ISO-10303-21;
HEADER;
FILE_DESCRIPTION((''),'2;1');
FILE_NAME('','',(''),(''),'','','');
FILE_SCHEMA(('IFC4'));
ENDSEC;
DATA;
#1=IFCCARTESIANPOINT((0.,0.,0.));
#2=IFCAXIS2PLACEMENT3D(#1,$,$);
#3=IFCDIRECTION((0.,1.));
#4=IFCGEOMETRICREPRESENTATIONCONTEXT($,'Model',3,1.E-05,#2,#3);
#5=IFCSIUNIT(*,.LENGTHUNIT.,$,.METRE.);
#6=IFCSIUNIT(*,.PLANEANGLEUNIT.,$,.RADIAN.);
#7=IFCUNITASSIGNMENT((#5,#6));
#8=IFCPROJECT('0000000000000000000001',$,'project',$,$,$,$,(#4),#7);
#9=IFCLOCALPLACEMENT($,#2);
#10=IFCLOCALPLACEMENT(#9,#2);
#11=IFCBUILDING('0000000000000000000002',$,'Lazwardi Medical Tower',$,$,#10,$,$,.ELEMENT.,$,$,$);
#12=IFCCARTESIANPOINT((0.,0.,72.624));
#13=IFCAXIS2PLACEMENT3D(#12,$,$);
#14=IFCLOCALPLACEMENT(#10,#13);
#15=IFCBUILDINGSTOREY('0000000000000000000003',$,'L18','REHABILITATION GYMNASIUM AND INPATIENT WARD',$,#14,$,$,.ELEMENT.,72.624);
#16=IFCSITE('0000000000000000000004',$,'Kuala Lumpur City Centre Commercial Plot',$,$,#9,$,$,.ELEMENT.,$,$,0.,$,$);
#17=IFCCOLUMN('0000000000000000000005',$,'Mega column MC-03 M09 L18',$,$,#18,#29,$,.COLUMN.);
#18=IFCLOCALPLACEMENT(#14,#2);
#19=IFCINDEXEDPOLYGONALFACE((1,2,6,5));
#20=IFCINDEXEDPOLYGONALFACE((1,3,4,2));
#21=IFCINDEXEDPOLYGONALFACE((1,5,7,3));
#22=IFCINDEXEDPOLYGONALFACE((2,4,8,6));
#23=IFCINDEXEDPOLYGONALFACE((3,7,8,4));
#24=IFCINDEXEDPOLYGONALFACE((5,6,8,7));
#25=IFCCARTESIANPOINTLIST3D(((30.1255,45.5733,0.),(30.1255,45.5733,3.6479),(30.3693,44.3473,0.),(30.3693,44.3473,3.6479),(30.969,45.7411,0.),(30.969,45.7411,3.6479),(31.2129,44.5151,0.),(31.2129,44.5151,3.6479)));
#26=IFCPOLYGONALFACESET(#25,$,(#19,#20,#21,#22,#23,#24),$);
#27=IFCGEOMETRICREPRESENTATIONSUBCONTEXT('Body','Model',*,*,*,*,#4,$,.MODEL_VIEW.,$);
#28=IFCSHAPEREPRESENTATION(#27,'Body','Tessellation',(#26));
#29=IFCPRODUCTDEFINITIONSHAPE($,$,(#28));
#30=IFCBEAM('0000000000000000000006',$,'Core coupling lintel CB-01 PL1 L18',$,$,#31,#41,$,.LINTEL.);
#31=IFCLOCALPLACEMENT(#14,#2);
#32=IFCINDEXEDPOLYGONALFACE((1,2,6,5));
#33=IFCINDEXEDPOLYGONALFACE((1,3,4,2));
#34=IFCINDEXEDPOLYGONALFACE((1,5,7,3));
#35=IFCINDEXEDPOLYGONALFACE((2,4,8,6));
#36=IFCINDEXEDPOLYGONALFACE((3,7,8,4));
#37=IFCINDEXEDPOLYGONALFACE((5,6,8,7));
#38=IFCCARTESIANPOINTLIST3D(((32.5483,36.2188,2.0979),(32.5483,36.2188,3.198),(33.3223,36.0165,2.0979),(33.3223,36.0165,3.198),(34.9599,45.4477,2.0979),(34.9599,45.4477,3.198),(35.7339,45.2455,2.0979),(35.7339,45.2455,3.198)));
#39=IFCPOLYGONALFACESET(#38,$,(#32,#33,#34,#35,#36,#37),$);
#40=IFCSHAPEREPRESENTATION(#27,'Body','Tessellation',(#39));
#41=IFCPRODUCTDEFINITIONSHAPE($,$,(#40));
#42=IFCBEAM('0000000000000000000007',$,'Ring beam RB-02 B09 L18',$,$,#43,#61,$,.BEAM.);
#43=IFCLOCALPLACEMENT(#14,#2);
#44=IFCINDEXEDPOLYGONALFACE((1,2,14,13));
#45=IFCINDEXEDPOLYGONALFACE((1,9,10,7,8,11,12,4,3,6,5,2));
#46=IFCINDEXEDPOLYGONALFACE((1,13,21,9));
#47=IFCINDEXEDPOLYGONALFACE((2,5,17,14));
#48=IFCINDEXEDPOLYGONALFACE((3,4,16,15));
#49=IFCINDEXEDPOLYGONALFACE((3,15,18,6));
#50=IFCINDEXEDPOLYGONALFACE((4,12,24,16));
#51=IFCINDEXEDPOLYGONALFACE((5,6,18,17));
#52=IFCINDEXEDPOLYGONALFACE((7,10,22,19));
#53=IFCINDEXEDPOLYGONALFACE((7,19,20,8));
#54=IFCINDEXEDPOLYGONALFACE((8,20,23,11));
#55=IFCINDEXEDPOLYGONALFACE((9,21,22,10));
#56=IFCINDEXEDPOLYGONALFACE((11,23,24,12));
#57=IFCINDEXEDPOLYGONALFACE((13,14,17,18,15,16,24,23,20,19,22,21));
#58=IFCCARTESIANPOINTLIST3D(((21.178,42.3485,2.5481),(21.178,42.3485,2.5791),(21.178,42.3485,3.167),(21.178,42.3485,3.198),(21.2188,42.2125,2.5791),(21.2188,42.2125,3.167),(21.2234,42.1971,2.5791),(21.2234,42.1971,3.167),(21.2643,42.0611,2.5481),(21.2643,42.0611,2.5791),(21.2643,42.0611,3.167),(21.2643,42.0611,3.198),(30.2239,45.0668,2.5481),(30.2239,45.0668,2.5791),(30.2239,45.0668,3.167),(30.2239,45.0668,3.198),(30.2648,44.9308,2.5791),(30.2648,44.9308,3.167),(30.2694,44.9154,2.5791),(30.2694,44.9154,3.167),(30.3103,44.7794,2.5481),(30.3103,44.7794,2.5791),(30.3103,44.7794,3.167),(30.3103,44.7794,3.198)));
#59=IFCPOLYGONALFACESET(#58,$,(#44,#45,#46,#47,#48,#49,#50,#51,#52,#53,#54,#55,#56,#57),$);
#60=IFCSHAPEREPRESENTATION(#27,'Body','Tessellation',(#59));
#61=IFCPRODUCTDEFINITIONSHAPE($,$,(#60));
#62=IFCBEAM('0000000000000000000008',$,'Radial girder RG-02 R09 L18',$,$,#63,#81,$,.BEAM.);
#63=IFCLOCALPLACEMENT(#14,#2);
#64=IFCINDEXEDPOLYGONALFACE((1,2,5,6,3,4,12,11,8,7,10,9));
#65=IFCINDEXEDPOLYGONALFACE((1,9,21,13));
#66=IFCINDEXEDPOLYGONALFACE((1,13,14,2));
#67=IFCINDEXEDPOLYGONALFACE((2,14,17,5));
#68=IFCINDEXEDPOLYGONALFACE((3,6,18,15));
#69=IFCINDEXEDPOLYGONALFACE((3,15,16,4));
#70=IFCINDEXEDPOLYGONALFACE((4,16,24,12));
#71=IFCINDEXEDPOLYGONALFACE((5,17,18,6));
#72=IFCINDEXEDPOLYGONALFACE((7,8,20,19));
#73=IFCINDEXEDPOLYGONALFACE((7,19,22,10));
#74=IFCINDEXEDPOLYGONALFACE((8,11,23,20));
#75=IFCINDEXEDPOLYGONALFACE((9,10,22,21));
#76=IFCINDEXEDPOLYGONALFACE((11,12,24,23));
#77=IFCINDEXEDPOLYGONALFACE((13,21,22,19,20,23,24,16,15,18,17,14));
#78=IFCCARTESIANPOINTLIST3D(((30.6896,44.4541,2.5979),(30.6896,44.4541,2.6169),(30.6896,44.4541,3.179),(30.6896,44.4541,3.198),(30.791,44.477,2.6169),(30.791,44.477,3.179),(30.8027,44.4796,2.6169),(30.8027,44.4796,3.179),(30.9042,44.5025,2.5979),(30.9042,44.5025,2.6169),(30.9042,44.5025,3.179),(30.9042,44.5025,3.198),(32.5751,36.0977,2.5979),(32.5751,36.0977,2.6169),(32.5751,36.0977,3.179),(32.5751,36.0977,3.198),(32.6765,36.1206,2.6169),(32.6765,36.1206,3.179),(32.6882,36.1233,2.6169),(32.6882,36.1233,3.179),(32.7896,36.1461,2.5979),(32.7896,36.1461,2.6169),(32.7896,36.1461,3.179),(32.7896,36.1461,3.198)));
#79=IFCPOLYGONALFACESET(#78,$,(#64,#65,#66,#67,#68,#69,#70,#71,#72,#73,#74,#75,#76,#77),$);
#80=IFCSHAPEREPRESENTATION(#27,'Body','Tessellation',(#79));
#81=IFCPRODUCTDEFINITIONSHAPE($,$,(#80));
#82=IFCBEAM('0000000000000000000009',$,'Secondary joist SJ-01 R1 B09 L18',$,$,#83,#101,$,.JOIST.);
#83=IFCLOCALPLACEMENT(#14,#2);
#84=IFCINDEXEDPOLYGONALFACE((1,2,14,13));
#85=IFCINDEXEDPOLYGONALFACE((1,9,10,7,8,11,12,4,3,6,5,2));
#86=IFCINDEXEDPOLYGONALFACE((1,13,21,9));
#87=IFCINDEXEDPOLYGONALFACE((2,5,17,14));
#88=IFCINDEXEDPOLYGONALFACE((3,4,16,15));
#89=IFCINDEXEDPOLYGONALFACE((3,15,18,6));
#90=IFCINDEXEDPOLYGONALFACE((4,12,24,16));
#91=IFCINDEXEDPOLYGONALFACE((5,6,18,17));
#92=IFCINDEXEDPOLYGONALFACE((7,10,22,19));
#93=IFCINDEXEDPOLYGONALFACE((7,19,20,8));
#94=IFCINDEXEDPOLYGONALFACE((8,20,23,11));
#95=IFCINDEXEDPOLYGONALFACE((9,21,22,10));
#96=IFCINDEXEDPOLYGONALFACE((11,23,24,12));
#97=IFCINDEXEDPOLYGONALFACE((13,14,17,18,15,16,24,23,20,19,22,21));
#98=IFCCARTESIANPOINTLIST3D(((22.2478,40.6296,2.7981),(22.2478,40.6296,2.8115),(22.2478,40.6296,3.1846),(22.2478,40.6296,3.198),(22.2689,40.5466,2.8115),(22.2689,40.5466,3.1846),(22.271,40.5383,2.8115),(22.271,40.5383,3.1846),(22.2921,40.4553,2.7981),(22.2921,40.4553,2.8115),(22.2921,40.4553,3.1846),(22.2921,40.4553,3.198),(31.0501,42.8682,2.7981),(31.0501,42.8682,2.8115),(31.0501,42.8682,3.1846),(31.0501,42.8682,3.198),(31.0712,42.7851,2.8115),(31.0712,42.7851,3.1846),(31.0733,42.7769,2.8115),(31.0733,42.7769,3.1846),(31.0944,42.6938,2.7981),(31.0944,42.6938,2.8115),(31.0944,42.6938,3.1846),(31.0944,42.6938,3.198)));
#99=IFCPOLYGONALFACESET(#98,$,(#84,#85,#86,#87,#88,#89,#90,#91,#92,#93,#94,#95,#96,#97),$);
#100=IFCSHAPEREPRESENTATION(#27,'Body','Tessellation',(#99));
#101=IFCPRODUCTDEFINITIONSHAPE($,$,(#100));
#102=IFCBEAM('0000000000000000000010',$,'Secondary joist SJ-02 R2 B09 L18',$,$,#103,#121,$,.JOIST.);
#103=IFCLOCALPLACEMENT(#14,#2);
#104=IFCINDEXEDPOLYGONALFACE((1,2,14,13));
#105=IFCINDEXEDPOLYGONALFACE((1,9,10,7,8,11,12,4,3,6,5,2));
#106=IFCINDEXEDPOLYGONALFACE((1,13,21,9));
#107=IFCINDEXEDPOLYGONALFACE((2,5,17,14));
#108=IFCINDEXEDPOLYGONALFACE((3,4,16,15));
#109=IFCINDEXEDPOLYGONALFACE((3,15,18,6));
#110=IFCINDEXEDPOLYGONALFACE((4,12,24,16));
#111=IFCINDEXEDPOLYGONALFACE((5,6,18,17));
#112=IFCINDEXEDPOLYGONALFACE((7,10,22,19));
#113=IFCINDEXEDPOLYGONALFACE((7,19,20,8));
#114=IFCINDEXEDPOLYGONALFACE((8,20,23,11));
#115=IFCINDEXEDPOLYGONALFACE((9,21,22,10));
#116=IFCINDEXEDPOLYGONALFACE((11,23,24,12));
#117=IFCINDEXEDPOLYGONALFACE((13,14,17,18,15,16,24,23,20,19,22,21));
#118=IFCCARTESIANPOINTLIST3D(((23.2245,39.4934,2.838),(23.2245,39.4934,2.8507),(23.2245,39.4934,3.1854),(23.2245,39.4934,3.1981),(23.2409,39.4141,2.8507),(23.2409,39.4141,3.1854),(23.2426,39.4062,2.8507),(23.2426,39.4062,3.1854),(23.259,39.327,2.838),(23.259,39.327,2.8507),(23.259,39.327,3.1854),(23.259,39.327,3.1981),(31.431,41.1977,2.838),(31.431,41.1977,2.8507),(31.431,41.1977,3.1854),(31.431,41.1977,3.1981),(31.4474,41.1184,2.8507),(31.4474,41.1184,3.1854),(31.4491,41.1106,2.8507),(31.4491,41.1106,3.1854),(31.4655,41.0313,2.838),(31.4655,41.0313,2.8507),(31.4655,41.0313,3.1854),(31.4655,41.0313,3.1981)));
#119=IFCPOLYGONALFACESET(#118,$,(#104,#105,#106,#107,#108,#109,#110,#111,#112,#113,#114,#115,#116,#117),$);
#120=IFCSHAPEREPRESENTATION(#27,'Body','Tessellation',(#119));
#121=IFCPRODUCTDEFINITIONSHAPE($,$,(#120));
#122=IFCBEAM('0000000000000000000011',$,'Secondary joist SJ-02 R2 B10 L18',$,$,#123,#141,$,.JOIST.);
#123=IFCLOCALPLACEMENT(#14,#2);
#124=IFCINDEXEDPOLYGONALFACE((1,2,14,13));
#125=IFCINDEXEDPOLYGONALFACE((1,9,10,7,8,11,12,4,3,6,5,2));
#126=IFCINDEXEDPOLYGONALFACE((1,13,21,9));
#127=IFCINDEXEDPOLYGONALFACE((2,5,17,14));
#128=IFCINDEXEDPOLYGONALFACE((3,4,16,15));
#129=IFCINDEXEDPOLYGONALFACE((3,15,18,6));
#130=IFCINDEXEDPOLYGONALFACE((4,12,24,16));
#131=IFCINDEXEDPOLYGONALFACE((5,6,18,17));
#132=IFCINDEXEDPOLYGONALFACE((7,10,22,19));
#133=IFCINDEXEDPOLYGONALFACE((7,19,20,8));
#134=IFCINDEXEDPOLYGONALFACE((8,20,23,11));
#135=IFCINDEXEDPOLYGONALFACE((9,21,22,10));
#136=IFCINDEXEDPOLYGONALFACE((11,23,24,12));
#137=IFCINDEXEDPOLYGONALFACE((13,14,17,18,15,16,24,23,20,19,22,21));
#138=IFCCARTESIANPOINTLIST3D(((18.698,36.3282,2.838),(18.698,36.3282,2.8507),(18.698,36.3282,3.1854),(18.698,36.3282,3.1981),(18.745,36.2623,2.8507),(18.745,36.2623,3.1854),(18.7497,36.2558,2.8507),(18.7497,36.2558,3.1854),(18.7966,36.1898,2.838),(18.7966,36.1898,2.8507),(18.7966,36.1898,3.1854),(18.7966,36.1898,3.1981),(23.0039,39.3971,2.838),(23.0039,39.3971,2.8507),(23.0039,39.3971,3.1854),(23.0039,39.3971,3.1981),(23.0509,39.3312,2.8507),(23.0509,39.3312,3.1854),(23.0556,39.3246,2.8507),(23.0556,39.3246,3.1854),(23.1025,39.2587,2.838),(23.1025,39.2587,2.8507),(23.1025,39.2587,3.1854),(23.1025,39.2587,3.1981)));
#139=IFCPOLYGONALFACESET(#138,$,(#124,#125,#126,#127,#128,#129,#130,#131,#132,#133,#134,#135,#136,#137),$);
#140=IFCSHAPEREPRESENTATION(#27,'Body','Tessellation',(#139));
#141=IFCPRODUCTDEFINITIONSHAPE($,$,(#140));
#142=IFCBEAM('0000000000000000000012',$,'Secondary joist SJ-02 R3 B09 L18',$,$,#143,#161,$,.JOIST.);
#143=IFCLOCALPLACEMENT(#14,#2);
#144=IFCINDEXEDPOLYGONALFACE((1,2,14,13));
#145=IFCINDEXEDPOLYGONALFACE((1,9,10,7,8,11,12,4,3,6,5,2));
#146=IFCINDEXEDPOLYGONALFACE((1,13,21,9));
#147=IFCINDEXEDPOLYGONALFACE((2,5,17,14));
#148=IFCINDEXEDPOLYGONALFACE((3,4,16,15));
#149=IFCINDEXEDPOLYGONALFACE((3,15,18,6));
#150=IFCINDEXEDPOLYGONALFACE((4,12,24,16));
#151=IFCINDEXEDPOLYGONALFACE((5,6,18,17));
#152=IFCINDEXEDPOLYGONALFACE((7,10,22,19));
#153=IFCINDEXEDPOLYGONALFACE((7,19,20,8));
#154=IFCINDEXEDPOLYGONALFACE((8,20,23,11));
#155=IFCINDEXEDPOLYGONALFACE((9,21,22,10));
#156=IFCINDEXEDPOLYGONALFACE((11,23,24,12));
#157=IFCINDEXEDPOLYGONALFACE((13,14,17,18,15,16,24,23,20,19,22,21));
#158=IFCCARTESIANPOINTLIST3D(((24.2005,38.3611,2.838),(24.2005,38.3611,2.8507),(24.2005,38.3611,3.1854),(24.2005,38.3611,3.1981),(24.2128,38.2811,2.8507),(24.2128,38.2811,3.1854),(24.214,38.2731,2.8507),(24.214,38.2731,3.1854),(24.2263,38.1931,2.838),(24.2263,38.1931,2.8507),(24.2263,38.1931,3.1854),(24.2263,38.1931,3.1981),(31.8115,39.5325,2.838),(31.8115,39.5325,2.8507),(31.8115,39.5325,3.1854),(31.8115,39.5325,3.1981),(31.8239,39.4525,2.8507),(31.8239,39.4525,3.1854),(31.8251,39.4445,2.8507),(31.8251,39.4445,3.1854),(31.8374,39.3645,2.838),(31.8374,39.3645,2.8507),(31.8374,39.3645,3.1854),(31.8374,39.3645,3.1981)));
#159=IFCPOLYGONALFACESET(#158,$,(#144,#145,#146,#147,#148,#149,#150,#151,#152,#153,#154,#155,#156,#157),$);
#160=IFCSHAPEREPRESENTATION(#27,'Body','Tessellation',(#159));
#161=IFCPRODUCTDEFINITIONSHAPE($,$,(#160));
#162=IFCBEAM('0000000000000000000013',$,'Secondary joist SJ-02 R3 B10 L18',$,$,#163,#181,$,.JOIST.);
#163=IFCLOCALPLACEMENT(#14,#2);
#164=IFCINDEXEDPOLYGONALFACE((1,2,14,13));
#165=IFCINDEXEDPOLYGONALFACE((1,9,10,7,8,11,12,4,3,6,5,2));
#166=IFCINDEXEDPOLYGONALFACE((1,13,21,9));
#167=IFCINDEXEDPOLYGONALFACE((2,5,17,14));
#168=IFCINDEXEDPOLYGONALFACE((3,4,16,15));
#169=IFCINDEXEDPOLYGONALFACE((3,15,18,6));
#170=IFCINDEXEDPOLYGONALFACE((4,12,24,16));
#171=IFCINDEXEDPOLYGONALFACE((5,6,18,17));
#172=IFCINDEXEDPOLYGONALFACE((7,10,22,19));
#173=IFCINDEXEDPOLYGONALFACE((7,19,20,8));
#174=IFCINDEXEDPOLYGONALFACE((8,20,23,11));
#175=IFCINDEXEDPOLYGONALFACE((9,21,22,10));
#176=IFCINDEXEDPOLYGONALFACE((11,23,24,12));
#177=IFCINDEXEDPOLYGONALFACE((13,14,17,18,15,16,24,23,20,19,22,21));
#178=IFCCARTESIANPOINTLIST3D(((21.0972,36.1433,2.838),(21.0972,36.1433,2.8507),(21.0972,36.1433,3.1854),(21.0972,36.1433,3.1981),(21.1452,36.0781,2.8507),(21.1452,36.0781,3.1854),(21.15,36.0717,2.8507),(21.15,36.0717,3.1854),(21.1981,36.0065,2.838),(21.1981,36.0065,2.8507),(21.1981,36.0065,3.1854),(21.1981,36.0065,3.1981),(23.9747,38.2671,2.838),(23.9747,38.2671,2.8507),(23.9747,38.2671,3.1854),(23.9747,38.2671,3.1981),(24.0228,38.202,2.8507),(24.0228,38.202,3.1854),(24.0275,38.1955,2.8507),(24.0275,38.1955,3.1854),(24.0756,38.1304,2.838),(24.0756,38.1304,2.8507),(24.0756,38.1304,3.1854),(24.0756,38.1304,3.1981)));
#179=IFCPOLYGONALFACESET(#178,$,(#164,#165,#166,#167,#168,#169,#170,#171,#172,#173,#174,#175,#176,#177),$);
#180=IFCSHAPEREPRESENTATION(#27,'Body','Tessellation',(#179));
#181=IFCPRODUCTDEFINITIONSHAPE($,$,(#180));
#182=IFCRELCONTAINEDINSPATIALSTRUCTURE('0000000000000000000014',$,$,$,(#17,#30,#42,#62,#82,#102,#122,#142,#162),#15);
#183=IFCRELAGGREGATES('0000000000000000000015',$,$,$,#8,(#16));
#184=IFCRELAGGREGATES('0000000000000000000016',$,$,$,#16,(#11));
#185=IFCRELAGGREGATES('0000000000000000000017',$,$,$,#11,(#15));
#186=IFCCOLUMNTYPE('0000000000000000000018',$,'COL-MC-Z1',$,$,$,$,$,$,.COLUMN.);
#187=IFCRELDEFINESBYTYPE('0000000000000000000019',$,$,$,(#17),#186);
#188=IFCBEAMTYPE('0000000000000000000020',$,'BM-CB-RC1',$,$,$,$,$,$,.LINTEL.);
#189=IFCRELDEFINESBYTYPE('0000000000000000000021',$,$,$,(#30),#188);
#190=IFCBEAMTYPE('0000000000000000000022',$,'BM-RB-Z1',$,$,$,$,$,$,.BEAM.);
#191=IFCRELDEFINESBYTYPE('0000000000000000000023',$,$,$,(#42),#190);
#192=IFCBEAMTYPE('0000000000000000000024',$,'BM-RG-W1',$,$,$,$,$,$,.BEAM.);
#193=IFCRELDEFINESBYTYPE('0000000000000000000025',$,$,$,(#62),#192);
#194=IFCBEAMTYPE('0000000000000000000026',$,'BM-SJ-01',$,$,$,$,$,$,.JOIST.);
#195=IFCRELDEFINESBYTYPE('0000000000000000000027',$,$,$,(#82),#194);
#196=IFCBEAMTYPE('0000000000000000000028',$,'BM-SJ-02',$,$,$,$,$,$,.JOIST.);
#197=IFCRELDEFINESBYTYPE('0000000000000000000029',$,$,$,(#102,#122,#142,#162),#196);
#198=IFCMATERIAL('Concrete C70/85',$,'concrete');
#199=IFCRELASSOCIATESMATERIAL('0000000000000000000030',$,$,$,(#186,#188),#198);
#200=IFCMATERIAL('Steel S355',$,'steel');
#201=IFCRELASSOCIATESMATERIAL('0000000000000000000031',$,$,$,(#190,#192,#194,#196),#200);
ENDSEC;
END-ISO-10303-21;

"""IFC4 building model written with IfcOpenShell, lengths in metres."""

from ifc_helpers import new_model, si_unit, direction, frame, origin, origin_2d, place, context, subcontext, project, spatial, rectangle, i_section, extrude, material, material_profile, profile_set, type_object, element, save


model = new_model("IFC4")

# Units and contexts
model_context = context("Model", 3, precision=1e-05, world=origin(), true_north=direction((0.0, 1.0)))
body_context = subcontext(model_context, "Body", "Model", "MODEL_VIEW")
ifc_project = project(units=[si_unit("LENGTHUNIT", "METRE"), si_unit("PLANEANGLEUNIT", "RADIAN")], contexts=[model_context])

# Site, building, storey
site_placement = place(None, origin())
site = spatial("IfcSite", under=ifc_project, at=site_placement, Name="Kuala Lumpur City Centre Commercial Plot", CompositionType="ELEMENT", RefElevation=0.0)
building_placement = place(site_placement, origin())
building = spatial("IfcBuilding", under=site, at=building_placement, Name="Lazwardi Medical Tower", CompositionType="ELEMENT")
storey_placement = place(building_placement, frame((0.0, 0.0, 72.624)))
storey = spatial("IfcBuildingStorey", under=building, at=storey_placement, Name="L18", Description="REHABILITATION GYMNASIUM AND INPATIENT WARD", CompositionType="ELEMENT", Elevation=72.624)

# Column
ifc_material_1 = material(Name="Concrete C70/85", Category="concrete")
ifc_material_profile_1 = material_profile(ifc_material_1, rectangle(XDim=1.25, YDim=0.8601, at=origin_2d()), Name="CFT-RECT 1250x860")
ifc_profile_set_1 = profile_set([ifc_material_profile_1], Name="Concrete C70/85")
column_type = type_object("IfcColumnType", Name="COL-MC-Z1", PredefinedType="COLUMN", material=ifc_profile_set_1)
column_placement = place(storey_placement, frame((30.6692, 45.0442, 0.0), z_axis=(0.0, 0.0, 1.0), x_axis=(-0.19509, 0.980785, 0.0)))
element("IfcColumn", 1, at=column_placement, inside=storey, type_object=column_type, Name="Mega column MC-03 M09 L18", PredefinedType="COLUMN", context=body_context, shape_type="SweptSolid", body=[
    extrude(rectangle(XDim=1.25, YDim=0.8601, at=origin_2d()), origin(), (0.0, 0.0, 1.0), 3.6479),
])

# Beams
ifc_material_profile_2 = material_profile(ifc_material_1, rectangle(XDim=0.8, YDim=1.1001, at=origin_2d()), Name="RC 800x1100")
ifc_profile_set_2 = profile_set([ifc_material_profile_2], Name="Concrete C70/85")
beam_type_1 = type_object("IfcBeamType", Name="BM-CB-RC1", PredefinedType="LINTEL", material=ifc_profile_set_2)
beam_1_placement = place(storey_placement, frame((32.9353, 36.1177, 2.6479), z_axis=(0.25282, 0.967513, 0.0), x_axis=(-0.967513, 0.25282, 0.0)))
element("IfcBeam", 2, at=beam_1_placement, inside=storey, type_object=beam_type_1, Name="Core coupling lintel CB-01 PL1 L18", PredefinedType="LINTEL", context=body_context, shape_type="SweptSolid", body=[
    extrude(rectangle(XDim=0.8, YDim=1.1001, at=origin_2d()), origin(), (0.0, 0.0, 1.0), 9.5388),
])
ifc_material_2 = material(Name="Steel S355", Category="steel")
ifc_material_profile_3 = material_profile(ifc_material_2, i_section(OverallWidth=0.3, OverallDepth=0.6499, WebThickness=0.0161, FlangeThickness=0.031, at=origin_2d()), Name="HEB 650")
ifc_profile_set_3 = profile_set([ifc_material_profile_3], Name="Steel S355")
beam_type_2 = type_object("IfcBeamType", Name="BM-RB-Z1", PredefinedType="BEAM", material=ifc_profile_set_3)
beam_2_placement = place(storey_placement, frame((30.2671, 44.9231, 2.873), z_axis=(-0.957695, -0.287784, 0.0), x_axis=(0.287784, -0.957695, 0.0)))
element("IfcBeam", 3, at=beam_2_placement, inside=storey, type_object=beam_type_2, Name="Ring beam RB-02 B09 L18", PredefinedType="BEAM", context=body_context, shape_type="SweptSolid", body=[
    extrude(i_section(OverallWidth=0.3, OverallDepth=0.6499, WebThickness=0.0161, FlangeThickness=0.031, at=origin_2d()), origin(), (0.0, 0.0, 1.0), 9.4456),
])
ifc_material_profile_4 = material_profile(ifc_material_2, i_section(OverallWidth=0.22, OverallDepth=0.6001, WebThickness=0.012, FlangeThickness=0.019, at=origin_2d()), Name="IPE 600")
ifc_profile_set_4 = profile_set([ifc_material_profile_4], Name="Steel S355")
beam_type_3 = type_object("IfcBeamType", Name="BM-RG-W1", PredefinedType="BEAM", material=ifc_profile_set_4)
beam_3_placement = place(storey_placement, frame((30.7969, 44.4783, 2.8979), z_axis=(0.220101, -0.975477, 0.0), x_axis=(0.975477, 0.220101, 0.0)))
element("IfcBeam", 4, at=beam_3_placement, inside=storey, type_object=beam_type_3, Name="Radial girder RG-02 R09 L18", PredefinedType="BEAM", context=body_context, shape_type="SweptSolid", body=[
    extrude(i_section(OverallWidth=0.22, OverallDepth=0.6001, WebThickness=0.012, FlangeThickness=0.019, at=origin_2d()), origin(), (0.0, 0.0, 1.0), 8.5664),
])
ifc_material_profile_5 = material_profile(ifc_material_2, i_section(OverallWidth=0.1799, OverallDepth=0.3999, WebThickness=0.0085, FlangeThickness=0.0134, at=origin_2d()), Name="IPE 400")
ifc_profile_set_5 = profile_set([ifc_material_profile_5], Name="Steel S355")
beam_type_4 = type_object("IfcBeamType", Name="BM-SJ-01", PredefinedType="JOIST", material=ifc_profile_set_5)
beam_4_placement = place(storey_placement, frame((31.0723, 42.781, 2.998), z_axis=(-0.969151, -0.246468, 0.0), x_axis=(0.246468, -0.969151, 0.0)))
element("IfcBeam", 5, at=beam_4_placement, inside=storey, type_object=beam_type_4, Name="Secondary joist SJ-01 R1 B09 L18", PredefinedType="JOIST", context=body_context, shape_type="SweptSolid", body=[
    extrude(i_section(OverallWidth=0.1799, OverallDepth=0.3999, WebThickness=0.0085, FlangeThickness=0.0134, at=origin_2d()), origin(), (0.0, 0.0, 1.0), 9.0825),
])
ifc_material_profile_6 = material_profile(ifc_material_2, i_section(OverallWidth=0.1699, OverallDepth=0.3601, WebThickness=0.0081, FlangeThickness=0.0127, at=origin_2d()), Name="IPE 360")
ifc_profile_set_6 = profile_set([ifc_material_profile_6], Name="Steel S355")
beam_type_5 = type_object("IfcBeamType", Name="BM-SJ-02", PredefinedType="JOIST", material=ifc_profile_set_6)
beam_5_placement = place(storey_placement, frame((31.4482, 41.1145, 3.0181), z_axis=(-0.979108, -0.203342, 0.0), x_axis=(0.203342, -0.979108, 0.0)))
element("IfcBeam", 6, at=beam_5_placement, inside=storey, type_object=beam_type_5, Name="Secondary joist SJ-02 R2 B09 L18", PredefinedType="JOIST", context=body_context, shape_type="SweptSolid", body=[
    extrude(i_section(OverallWidth=0.1699, OverallDepth=0.3601, WebThickness=0.0081, FlangeThickness=0.0127, at=origin_2d()), origin(), (0.0, 0.0, 1.0), 8.3816),
])
beam_6_placement = place(storey_placement, frame((23.0532, 39.3279, 3.0181), z_axis=(-0.814341, -0.580386, 0.0), x_axis=(0.580386, -0.814341, 0.0)))
element("IfcBeam", 7, at=beam_6_placement, inside=storey, type_object=beam_type_5, Name="Secondary joist SJ-02 R2 B10 L18", PredefinedType="JOIST", context=body_context, shape_type="SweptSolid", body=[
    extrude(i_section(OverallWidth=0.1699, OverallDepth=0.3601, WebThickness=0.0081, FlangeThickness=0.0127, at=origin_2d()), origin(), (0.0, 0.0, 1.0), 5.2876),
])
beam_7_placement = place(storey_placement, frame((31.8245, 39.4485, 3.0181), z_axis=(-0.988363, -0.152114, 0.0), x_axis=(0.152114, -0.988363, 0.0)))
element("IfcBeam", 8, at=beam_7_placement, inside=storey, type_object=beam_type_5, Name="Secondary joist SJ-02 R3 B09 L18", PredefinedType="JOIST", context=body_context, shape_type="SweptSolid", body=[
    extrude(i_section(OverallWidth=0.1699, OverallDepth=0.3601, WebThickness=0.0081, FlangeThickness=0.0127, at=origin_2d()), origin(), (0.0, 0.0, 1.0), 7.7007),
])
beam_8_placement = place(storey_placement, frame((24.0251, 38.1987, 3.0181), z_axis=(-0.80458, -0.593844, 0.0), x_axis=(0.593844, -0.80458, 0.0)))
element("IfcBeam", 9, at=beam_8_placement, inside=storey, type_object=beam_type_5, Name="Secondary joist SJ-02 R3 B10 L18", PredefinedType="JOIST", context=body_context, shape_type="SweptSolid", body=[
    extrude(i_section(OverallWidth=0.1699, OverallDepth=0.3601, WebThickness=0.0081, FlangeThickness=0.0127, at=origin_2d()), origin(), (0.0, 0.0, 1.0), 3.5764),
])

save(model, "model.ifc")
